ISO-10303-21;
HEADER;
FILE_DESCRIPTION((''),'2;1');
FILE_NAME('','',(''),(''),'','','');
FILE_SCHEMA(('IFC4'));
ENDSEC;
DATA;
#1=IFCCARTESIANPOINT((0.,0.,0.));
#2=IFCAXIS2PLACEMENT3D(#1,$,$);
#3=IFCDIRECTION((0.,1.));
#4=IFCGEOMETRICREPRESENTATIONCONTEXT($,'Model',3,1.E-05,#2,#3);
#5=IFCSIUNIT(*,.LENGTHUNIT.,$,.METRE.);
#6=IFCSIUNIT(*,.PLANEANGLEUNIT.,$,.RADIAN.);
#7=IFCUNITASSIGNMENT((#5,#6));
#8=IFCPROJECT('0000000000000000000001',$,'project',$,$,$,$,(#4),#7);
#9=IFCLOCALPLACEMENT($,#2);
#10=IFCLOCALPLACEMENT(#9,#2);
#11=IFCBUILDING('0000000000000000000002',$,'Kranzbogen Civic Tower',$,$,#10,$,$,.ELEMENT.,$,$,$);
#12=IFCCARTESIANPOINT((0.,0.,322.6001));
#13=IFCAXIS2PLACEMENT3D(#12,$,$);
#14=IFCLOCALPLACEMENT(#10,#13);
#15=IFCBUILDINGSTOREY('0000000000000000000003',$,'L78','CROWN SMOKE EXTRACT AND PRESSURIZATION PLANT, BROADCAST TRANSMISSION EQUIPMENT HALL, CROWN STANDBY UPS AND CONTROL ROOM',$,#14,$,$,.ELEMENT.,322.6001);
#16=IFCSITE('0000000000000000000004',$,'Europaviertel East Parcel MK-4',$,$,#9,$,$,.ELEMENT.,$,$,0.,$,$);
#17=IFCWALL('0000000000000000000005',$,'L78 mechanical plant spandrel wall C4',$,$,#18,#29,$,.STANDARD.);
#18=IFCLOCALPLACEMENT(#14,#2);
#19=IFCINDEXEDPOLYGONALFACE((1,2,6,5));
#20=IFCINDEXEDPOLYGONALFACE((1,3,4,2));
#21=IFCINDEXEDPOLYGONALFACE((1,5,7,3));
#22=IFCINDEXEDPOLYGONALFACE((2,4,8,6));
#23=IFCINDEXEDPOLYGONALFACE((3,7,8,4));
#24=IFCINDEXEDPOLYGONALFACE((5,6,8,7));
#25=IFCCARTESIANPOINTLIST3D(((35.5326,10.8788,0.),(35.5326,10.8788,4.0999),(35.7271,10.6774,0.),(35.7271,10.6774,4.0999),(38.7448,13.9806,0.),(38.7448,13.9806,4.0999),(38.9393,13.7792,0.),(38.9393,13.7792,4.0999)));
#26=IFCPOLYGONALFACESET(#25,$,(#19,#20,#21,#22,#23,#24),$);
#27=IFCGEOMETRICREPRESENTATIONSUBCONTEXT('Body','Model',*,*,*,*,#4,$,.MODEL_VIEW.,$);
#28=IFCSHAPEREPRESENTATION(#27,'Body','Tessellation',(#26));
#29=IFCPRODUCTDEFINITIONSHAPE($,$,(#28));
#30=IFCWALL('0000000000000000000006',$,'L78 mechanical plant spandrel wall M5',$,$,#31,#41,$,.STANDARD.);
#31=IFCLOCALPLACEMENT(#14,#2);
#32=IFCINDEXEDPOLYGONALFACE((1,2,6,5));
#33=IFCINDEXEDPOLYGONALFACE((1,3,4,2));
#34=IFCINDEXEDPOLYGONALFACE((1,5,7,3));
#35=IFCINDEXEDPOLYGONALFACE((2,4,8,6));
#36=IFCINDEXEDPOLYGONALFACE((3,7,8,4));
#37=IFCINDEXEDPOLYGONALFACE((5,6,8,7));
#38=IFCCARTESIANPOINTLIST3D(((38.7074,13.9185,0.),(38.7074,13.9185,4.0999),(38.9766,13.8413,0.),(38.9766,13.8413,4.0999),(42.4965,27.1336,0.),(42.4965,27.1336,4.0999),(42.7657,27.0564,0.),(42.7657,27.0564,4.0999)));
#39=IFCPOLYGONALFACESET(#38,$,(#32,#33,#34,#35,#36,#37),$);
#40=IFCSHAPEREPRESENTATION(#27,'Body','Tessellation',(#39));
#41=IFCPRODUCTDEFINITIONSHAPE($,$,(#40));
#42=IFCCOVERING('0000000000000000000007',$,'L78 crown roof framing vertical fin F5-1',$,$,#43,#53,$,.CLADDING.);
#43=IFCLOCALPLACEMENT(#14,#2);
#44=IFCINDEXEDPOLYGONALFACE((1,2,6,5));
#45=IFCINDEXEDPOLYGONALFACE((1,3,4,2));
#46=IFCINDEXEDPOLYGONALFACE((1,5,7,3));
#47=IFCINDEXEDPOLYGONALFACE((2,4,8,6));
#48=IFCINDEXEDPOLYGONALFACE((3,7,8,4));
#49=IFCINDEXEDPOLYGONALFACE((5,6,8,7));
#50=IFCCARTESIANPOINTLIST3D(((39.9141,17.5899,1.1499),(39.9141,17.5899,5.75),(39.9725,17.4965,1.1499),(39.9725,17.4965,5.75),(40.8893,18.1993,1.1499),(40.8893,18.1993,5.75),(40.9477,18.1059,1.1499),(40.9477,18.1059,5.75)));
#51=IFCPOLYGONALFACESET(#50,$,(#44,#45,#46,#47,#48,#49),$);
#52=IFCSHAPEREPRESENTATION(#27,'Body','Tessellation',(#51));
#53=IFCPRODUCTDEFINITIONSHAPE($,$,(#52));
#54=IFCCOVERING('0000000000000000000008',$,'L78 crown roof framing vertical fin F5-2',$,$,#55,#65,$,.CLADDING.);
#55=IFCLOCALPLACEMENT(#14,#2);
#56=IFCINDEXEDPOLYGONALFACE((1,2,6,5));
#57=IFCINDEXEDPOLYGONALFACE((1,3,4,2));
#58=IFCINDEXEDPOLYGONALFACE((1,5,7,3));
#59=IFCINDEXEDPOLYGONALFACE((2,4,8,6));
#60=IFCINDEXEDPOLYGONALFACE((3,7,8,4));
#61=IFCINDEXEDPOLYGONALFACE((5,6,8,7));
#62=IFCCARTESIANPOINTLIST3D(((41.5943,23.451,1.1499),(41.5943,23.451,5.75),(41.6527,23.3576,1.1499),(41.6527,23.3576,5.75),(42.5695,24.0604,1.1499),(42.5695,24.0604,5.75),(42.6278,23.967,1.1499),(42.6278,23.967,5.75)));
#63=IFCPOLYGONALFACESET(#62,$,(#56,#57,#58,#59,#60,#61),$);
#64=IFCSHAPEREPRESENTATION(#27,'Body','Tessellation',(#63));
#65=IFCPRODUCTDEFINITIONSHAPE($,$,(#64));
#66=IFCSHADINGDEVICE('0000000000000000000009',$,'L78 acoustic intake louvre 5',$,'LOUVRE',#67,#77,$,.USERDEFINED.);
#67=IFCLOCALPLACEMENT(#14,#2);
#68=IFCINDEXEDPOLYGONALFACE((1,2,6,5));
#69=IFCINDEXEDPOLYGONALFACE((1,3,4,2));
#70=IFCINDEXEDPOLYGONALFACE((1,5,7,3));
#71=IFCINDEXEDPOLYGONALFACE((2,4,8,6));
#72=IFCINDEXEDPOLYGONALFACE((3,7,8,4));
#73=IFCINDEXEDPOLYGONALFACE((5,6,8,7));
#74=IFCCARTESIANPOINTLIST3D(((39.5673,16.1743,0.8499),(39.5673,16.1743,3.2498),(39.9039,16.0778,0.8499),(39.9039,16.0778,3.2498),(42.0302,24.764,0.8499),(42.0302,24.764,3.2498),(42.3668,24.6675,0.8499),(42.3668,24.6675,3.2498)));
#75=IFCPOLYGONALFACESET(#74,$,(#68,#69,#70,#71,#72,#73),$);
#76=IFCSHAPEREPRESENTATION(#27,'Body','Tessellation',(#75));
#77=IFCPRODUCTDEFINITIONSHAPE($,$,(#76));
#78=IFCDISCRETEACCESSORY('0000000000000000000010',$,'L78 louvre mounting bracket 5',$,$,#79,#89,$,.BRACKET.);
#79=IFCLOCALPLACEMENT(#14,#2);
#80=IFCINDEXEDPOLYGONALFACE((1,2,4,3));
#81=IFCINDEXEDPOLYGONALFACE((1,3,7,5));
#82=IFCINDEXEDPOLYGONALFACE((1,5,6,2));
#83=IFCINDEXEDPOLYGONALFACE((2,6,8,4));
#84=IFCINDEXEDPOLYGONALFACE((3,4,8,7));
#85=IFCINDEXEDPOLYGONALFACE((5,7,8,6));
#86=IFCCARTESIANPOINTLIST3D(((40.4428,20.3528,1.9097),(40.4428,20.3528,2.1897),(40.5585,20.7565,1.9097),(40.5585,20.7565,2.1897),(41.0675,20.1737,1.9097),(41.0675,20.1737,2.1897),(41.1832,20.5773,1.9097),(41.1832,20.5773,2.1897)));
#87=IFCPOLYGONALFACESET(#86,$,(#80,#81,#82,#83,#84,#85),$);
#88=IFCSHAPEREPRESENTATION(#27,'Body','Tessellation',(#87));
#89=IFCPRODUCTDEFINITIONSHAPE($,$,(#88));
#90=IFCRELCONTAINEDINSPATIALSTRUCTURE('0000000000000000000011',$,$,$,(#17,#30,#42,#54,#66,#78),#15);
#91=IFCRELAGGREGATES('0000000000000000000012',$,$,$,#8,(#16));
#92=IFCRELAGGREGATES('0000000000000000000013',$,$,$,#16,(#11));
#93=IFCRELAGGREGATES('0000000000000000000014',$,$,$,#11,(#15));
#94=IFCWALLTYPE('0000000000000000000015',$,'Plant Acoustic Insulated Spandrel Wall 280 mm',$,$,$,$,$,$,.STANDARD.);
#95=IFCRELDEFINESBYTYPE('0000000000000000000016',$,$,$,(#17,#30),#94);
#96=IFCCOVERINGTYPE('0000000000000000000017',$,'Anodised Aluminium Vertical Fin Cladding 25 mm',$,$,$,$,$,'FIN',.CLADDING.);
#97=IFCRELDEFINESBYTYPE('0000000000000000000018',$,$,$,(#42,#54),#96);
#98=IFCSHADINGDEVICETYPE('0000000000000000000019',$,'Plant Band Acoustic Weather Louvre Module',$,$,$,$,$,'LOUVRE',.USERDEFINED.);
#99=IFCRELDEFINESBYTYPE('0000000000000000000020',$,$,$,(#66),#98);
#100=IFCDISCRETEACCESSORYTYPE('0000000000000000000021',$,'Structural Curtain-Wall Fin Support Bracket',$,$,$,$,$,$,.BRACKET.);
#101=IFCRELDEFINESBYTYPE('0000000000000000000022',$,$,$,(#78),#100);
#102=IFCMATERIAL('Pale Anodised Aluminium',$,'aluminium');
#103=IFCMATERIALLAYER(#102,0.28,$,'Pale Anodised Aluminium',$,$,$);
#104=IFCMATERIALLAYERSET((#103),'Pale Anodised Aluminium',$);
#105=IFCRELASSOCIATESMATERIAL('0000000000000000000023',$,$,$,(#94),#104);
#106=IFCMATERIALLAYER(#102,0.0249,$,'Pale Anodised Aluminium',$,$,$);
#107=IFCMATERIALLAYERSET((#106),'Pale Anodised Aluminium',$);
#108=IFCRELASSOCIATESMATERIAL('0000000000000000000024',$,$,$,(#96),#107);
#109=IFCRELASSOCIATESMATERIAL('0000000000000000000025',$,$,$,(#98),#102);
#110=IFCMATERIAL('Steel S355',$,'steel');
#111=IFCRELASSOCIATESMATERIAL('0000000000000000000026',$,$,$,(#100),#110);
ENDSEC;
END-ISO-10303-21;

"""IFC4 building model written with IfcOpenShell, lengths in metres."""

from ifc_helpers import new_model, si_unit, direction, frame, frame_2d, origin, origin_2d, place, context, subcontext, project, spatial, rectangle, extrude, material, layer, layer_set, type_object, element, save


model = new_model("IFC4")

# Units and contexts
model_context = context("Model", 3, precision=1e-05, world=origin(), true_north=direction((0.0, 1.0)))
body_context = subcontext(model_context, "Body", "Model", "MODEL_VIEW")
ifc_project = project(units=[si_unit("LENGTHUNIT", "METRE"), si_unit("PLANEANGLEUNIT", "RADIAN")], contexts=[model_context])

# Site, building, storey
site_placement = place(None, origin())
site = spatial("IfcSite", under=ifc_project, at=site_placement, Name="Europaviertel East Parcel MK-4", CompositionType="ELEMENT", RefElevation=0.0)
building_placement = place(site_placement, origin())
building = spatial("IfcBuilding", under=site, at=building_placement, Name="Kranzbogen Civic Tower", CompositionType="ELEMENT")
storey_placement = place(building_placement, frame((0.0, 0.0, 322.6001)))
storey = spatial("IfcBuildingStorey", under=building, at=storey_placement, Name="L78", Description="CROWN SMOKE EXTRACT AND PRESSURIZATION PLANT, BROADCAST TRANSMISSION EQUIPMENT HALL, CROWN STANDBY UPS AND CONTROL ROOM", CompositionType="ELEMENT", Elevation=322.6001)

# Shared definitions
ifc_material_1 = material(Name="Steel S355", Category="steel")

# Walls
ifc_material_2 = material(Name="Pale Anodised Aluminium", Category="aluminium")
ifc_layer_1 = layer(ifc_material_2, 0.28, Name="Pale Anodised Aluminium")
ifc_layer_set_1 = layer_set([ifc_layer_1], Name="Pale Anodised Aluminium")
wall_type_1 = type_object("IfcWallType", Name="Plant Acoustic Insulated Spandrel Wall 280 mm", PredefinedType="STANDARD", material=ifc_layer_set_1)
wall_1_placement = place(storey_placement, frame((35.6299, 10.7781, 0.0), z_axis=(0.0, 0.0, 1.0), x_axis=(0.719355, 0.694642, 0.0)))
element("IfcWall", 1, at=wall_1_placement, inside=storey, type_object=wall_type_1, Name="L78 mechanical plant spandrel wall C4", PredefinedType="STANDARD", context=body_context, shape_type="SweptSolid", body=[
    extrude(rectangle(XDim=4.4653, YDim=0.28, at=frame_2d((2.2327, 0.0))), origin(), (0.0, 0.0, 1.0), 4.0999),
])
wall_2_placement = place(storey_placement, frame((38.842, 13.8799, 0.0), z_axis=(0.0, 0.0, 1.0), x_axis=(0.275617, 0.961268, 0.0)))
element("IfcWall", 2, at=wall_2_placement, inside=storey, type_object=wall_type_1, Name="L78 mechanical plant spandrel wall M5", PredefinedType="STANDARD", context=body_context, shape_type="SweptSolid", body=[
    extrude(rectangle(XDim=13.7476, YDim=0.28, at=frame_2d((6.8738, 0.0))), origin(), (0.0, 0.0, 1.0), 4.0999),
])

# Coverings
ifc_layer_2 = layer(ifc_material_2, 0.0249, Name="Pale Anodised Aluminium")
ifc_layer_set_2 = layer_set([ifc_layer_2], Name="Pale Anodised Aluminium")
covering_type = type_object("IfcCoveringType", Name="Anodised Aluminium Vertical Fin Cladding 25 mm", ElementType="FIN", PredefinedType="CLADDING", material=ifc_layer_set_2)
for number, where, z_axis, x_axis, name in (
    (3, (40.4309, 17.8479, 1.1499), (0.0, 0.0, 1.0), (0.848048, 0.529919, 0.0), "L78 crown roof framing vertical fin F5-1"),
    (4, (42.1111, 23.709, 1.1499), (0.0, 0.0, 1.0), (0.848048, 0.529919, 0.0), "L78 crown roof framing vertical fin F5-2"),
):
    element("IfcCovering", number, at=place(storey_placement, frame(where, z_axis=z_axis, x_axis=x_axis)), inside=storey, type_object=covering_type, Name=name, PredefinedType="CLADDING", context=body_context, shape_type="SweptSolid", body=[
        extrude(rectangle(XDim=1.1499, YDim=0.1101, at=origin_2d()), origin(), (0.0, 0.0, 1.0), 4.6001),
    ])

# Shading device
shading_device_type = type_object("IfcShadingDeviceType", Name="Plant Band Acoustic Weather Louvre Module", ElementType="LOUVRE", PredefinedType="USERDEFINED", material=ifc_material_2)
shading_device_placement = place(storey_placement, frame((40.967, 20.4209, 0.8499), z_axis=(0.0, 0.0, 1.0), x_axis=(0.275621, 0.961267, 0.0)))
element("IfcShadingDevice", 5, at=shading_device_placement, inside=storey, type_object=shading_device_type, Name="L78 acoustic intake louvre 5", ObjectType="LOUVRE", PredefinedType="USERDEFINED", context=body_context, shape_type="SweptSolid", body=[
    extrude(rectangle(XDim=8.9358, YDim=0.3501, at=origin_2d()), origin(), (0.0, 0.0, 1.0), 2.3999),
])

# Discrete accessory
discrete_accessory_type = type_object("IfcDiscreteAccessoryType", Name="Structural Curtain-Wall Fin Support Bracket", PredefinedType="BRACKET", material=ifc_material_1)
discrete_accessory_placement = place(storey_placement, frame((40.813, 20.4651, 1.9097), z_axis=(0.0, 0.0, 1.0), x_axis=(0.961262, -0.275637, 0.0)))
element("IfcDiscreteAccessory", 6, at=discrete_accessory_placement, inside=storey, type_object=discrete_accessory_type, Name="L78 louvre mounting bracket 5", PredefinedType="BRACKET", context=body_context, shape_type="SweptSolid", body=[
    extrude(rectangle(XDim=0.6499, YDim=0.4199, at=origin_2d()), origin(), (0.0, 0.0, 1.0), 0.28),
])

save(model, "model.ifc")
